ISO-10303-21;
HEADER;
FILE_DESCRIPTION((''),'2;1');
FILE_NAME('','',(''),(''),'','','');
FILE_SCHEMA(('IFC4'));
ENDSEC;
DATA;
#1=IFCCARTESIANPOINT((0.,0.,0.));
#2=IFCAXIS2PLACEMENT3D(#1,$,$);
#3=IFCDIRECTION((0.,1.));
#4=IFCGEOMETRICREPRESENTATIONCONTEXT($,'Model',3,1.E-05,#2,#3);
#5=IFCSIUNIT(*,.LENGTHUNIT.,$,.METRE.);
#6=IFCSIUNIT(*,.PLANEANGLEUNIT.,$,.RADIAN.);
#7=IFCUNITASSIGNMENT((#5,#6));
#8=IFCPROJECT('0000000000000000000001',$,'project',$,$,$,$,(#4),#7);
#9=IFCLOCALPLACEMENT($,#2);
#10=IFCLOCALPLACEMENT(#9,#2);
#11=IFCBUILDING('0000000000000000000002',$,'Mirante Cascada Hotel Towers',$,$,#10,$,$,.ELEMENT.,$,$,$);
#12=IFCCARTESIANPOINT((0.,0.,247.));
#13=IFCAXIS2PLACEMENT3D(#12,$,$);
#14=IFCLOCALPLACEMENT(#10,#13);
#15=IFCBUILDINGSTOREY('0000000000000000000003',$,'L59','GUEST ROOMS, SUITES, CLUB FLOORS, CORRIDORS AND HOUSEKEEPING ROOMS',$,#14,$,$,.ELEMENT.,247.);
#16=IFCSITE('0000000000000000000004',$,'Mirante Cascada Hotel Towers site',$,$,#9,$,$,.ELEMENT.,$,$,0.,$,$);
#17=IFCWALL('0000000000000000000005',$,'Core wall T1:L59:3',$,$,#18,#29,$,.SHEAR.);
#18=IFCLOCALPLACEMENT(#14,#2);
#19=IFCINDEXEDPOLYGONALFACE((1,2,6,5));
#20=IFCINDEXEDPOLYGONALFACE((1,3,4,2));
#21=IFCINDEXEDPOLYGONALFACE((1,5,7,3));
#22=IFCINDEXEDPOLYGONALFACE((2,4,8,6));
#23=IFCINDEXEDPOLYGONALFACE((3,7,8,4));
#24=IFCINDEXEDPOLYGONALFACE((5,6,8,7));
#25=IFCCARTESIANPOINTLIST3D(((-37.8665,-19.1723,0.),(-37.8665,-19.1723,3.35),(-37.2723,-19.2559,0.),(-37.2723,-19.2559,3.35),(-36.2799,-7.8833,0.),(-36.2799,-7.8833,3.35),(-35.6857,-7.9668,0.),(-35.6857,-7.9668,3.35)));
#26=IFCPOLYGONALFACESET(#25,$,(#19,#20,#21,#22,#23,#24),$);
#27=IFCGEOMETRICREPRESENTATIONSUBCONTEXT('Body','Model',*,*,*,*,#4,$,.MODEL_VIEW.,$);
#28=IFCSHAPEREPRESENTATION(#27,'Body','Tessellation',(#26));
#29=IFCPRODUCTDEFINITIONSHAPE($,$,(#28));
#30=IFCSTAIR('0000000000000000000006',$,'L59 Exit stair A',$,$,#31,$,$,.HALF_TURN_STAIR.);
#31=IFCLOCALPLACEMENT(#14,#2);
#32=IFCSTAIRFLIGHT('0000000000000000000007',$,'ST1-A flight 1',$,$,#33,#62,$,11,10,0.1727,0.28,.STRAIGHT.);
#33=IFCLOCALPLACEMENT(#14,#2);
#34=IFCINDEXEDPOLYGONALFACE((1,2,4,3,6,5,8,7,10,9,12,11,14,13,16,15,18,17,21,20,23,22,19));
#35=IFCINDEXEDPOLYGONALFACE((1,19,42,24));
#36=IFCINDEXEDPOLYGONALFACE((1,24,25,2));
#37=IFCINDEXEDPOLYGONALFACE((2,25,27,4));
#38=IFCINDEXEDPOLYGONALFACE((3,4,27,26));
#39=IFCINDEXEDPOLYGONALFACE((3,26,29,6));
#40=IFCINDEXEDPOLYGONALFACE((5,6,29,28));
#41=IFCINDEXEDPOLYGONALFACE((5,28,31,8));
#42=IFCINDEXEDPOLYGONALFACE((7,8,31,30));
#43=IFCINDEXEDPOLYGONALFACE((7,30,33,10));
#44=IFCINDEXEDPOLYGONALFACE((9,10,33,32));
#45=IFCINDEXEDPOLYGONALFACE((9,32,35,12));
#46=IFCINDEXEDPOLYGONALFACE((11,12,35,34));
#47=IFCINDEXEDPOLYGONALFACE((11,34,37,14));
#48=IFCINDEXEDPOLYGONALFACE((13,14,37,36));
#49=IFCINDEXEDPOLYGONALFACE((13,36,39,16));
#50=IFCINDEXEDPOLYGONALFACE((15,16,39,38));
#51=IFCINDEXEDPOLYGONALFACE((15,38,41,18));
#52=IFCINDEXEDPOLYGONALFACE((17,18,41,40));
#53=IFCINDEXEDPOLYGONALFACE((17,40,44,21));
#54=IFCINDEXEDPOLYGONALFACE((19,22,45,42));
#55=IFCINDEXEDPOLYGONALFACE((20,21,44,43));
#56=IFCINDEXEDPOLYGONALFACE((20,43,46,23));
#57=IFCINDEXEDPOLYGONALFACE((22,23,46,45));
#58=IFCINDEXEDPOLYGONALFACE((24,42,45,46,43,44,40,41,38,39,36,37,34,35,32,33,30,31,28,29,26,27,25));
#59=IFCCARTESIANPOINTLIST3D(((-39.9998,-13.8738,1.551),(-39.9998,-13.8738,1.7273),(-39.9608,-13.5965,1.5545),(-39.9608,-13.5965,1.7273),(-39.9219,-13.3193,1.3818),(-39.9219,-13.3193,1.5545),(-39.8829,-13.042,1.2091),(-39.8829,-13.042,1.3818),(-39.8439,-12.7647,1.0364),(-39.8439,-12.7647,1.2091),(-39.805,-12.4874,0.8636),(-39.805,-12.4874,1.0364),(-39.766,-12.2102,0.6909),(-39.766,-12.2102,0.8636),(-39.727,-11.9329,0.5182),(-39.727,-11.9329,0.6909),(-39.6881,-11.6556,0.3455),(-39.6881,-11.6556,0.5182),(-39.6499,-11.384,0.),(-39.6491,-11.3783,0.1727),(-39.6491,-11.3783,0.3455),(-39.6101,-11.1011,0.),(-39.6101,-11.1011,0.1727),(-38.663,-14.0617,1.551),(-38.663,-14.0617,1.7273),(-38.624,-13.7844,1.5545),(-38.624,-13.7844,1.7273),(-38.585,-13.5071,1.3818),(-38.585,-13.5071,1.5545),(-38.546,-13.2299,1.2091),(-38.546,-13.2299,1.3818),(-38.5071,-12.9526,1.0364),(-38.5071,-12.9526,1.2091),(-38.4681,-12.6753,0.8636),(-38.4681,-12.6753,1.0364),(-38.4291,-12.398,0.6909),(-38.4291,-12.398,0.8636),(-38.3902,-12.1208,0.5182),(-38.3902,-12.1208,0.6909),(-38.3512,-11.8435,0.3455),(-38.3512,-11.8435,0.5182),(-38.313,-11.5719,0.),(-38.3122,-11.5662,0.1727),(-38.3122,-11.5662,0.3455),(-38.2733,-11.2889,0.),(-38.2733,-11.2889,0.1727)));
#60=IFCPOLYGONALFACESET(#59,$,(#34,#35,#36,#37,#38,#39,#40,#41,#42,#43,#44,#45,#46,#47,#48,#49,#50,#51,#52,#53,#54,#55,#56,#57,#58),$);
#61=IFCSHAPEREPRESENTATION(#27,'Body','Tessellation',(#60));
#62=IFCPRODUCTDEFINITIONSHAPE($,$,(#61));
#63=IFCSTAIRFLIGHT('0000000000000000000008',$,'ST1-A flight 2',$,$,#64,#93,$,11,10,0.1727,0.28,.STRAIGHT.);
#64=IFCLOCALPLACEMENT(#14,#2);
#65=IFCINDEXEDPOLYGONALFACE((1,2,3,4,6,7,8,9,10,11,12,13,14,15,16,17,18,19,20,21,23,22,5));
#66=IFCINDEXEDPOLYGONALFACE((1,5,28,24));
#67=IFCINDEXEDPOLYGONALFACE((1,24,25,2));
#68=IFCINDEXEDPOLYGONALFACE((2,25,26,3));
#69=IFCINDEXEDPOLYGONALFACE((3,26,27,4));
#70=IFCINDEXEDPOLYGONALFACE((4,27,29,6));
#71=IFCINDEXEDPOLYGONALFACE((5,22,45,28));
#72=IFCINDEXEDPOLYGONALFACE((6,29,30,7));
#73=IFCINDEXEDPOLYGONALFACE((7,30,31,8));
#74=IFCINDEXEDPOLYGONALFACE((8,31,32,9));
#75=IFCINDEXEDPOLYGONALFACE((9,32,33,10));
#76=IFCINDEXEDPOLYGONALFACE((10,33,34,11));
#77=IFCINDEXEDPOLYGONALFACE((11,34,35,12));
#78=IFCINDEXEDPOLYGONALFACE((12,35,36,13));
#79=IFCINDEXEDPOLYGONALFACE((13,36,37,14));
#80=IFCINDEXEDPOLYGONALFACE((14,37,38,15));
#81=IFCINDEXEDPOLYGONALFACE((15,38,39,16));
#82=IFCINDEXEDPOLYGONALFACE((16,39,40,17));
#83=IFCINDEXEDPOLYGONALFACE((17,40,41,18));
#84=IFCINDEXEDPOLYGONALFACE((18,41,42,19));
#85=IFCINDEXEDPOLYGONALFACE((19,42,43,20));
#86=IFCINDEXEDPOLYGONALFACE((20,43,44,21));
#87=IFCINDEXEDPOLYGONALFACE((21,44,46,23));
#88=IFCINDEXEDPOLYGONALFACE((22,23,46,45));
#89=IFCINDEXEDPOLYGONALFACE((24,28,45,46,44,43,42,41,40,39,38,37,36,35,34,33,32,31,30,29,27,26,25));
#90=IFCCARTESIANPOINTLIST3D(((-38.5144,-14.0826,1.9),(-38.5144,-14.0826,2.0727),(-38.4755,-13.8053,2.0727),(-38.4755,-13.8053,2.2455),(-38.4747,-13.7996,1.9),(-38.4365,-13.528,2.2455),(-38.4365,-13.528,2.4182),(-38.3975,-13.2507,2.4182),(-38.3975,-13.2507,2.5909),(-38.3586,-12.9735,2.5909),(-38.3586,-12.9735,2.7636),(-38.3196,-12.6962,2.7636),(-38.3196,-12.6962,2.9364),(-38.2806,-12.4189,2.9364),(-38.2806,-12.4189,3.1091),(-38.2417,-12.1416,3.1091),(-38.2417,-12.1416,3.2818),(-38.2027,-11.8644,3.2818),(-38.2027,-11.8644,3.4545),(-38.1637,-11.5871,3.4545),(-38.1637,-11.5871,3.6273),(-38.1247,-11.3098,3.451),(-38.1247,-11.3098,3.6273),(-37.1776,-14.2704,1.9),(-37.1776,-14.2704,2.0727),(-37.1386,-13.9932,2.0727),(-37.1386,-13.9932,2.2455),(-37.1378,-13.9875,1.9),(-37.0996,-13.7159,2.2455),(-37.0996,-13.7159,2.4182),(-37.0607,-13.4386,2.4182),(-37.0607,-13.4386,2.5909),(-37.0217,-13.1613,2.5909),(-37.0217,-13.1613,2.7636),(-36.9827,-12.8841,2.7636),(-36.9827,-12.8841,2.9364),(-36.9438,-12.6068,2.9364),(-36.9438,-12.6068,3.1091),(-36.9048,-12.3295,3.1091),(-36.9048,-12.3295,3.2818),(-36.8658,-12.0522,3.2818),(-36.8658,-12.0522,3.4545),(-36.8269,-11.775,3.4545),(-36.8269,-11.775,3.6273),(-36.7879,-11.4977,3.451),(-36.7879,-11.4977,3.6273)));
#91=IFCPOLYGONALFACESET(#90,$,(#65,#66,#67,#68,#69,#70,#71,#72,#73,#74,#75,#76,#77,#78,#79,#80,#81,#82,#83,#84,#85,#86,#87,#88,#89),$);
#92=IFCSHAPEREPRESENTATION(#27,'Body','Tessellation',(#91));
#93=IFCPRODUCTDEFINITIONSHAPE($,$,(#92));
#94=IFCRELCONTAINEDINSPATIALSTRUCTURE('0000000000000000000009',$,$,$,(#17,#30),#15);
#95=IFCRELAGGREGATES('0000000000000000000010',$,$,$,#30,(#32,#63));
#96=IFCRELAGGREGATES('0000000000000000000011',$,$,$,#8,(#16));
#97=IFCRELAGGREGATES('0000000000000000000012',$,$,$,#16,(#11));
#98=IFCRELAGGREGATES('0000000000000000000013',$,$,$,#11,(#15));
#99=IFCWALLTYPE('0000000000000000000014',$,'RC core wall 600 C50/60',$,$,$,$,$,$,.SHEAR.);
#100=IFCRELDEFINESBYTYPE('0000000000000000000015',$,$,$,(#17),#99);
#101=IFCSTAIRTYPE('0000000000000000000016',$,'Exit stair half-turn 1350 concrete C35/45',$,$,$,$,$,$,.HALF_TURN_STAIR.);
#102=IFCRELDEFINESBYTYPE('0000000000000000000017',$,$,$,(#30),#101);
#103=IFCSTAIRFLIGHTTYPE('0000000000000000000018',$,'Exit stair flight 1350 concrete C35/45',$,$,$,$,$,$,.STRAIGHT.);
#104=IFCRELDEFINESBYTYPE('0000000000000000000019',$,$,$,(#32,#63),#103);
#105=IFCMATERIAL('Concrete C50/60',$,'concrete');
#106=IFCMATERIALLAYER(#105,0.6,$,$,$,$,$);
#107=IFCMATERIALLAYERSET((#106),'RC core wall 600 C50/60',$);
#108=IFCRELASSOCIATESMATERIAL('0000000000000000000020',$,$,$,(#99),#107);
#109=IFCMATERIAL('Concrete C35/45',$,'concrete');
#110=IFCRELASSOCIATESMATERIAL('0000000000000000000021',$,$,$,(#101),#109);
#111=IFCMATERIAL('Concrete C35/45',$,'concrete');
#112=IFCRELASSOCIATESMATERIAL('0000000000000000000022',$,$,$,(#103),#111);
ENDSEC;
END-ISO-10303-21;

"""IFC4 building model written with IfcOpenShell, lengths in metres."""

from ifc_helpers import new_model, si_unit, direction, frame, frame_2d, origin, place, context, subcontext, project, spatial, polyline, rectangle, outline, extrude, material, layer, layer_set, type_object, element, aggregate, save


model = new_model("IFC4")

# Units and contexts
model_context = context("Model", 3, precision=1e-05, world=origin(), true_north=direction((0.0, 1.0)))
body_context = subcontext(model_context, "Body", "Model", "MODEL_VIEW")
ifc_project = project(units=[si_unit("LENGTHUNIT", "METRE"), si_unit("PLANEANGLEUNIT", "RADIAN")], contexts=[model_context])

# Site, building, storey
site_placement = place(None, origin())
site = spatial("IfcSite", under=ifc_project, at=site_placement, Name="Mirante Cascada Hotel Towers site", CompositionType="ELEMENT", RefElevation=0.0)
building_placement = place(site_placement, origin())
building = spatial("IfcBuilding", under=site, at=building_placement, Name="Mirante Cascada Hotel Towers", CompositionType="ELEMENT")
storey_placement = place(building_placement, frame((0.0, 0.0, 247.0)))
storey = spatial("IfcBuildingStorey", under=building, at=storey_placement, Name="L59", Description="GUEST ROOMS, SUITES, CLUB FLOORS, CORRIDORS AND HOUSEKEEPING ROOMS", CompositionType="ELEMENT", Elevation=247.0)

# Wall
ifc_material_1 = material(Name="Concrete C50/60", Category="concrete")
ifc_layer_1 = layer(ifc_material_1, 0.6)
ifc_layer_set_1 = layer_set([ifc_layer_1], Name="RC core wall 600 C50/60")
wall_type_1 = type_object("IfcWallType", Name="RC core wall 600 C50/60", PredefinedType="SHEAR", material=ifc_layer_set_1)
wall_1_placement = place(storey_placement, frame((-37.5694, -19.2141, 0.0), z_axis=(0.0, 0.0, 1.0), x_axis=(0.139175, 0.990268, 0.0)))
element("IfcWall", 1, at=wall_1_placement, inside=storey, type_object=wall_type_1, Name="Core wall T1:L59:3", PredefinedType="SHEAR", context=body_context, shape_type="SweptSolid", body=[
    extrude(rectangle(XDim=11.4, YDim=0.6, at=frame_2d((5.7, 0.0))), origin(), (0.0, 0.0, 1.0), 3.35),
])

# Stair, stair flights
ifc_material_2 = material(Name="Concrete C35/45", Category="concrete")
stair_type = type_object("IfcStairType", Name="Exit stair half-turn 1350 concrete C35/45", PredefinedType="HALF_TURN_STAIR", material=ifc_material_2)
stair_placement = place(storey_placement, origin())
stair = element("IfcStair", 2, at=stair_placement, inside=storey, type_object=stair_type, Name="L59 Exit stair A", PredefinedType="HALF_TURN_STAIR")
ifc_material_3 = material(Name="Concrete C35/45", Category="concrete")
stair_flight_type = type_object("IfcStairFlightType", Name="Exit stair flight 1350 concrete C35/45", PredefinedType="STRAIGHT", material=ifc_material_3)
stair_flight_1_placement = place(storey_placement, frame((-38.9417, -11.195, 0.0), z_axis=(0.0, 0.0, 1.0), x_axis=(-0.139173, -0.990268, 0.0)))
stair_flight_1 = element("IfcStairFlight", 3, at=stair_flight_1_placement, type_object=stair_flight_type, Name="ST1-A flight 1", NumberOfRisers=11, NumberOfTreads=10, PredefinedType="STRAIGHT", RiserHeight=0.1727, TreadLength=0.28, context=body_context, shape_type="SweptSolid", body=[
    extrude(outline(polyline([(0.0, 0.0), (0.0, 0.1727), (0.28, 0.1727), (0.28, 0.3455), (0.56, 0.3455), (0.56, 0.5182), (0.84, 0.5182), (0.84, 0.6909), (1.12, 0.6909), (1.12, 0.8636), (1.4, 0.8636), (1.4, 1.0364), (1.68, 1.0364), (1.68, 1.2091), (1.96, 1.2091), (1.96, 1.3818), (2.24, 1.3818), (2.24, 1.5545), (2.52, 1.5545), (2.52, 1.7273), (2.8, 1.7273), (2.8, 1.9), (2.8, 1.551), (0.2857, 0.0), (0.0, 0.0)])), frame((0.0, 0.675, 0.0), z_axis=(0.0, -1.0, 0.0), x_axis=(1.0, 0.0, 0.0)), (0.0, 0.0, 1.0), 1.35),
])
stair_flight_2_placement = place(storey_placement, frame((-37.846, -14.1765, 1.9), z_axis=(0.0, 0.0, 1.0), x_axis=(0.139173, 0.990268, 0.0)))
stair_flight_2 = element("IfcStairFlight", 4, at=stair_flight_2_placement, type_object=stair_flight_type, Name="ST1-A flight 2", NumberOfRisers=11, NumberOfTreads=10, PredefinedType="STRAIGHT", RiserHeight=0.1727, TreadLength=0.28, context=body_context, shape_type="SweptSolid", body=[
    extrude(outline(polyline([(0.0, 0.0), (0.0, 0.1727), (0.28, 0.1727), (0.28, 0.3455), (0.56, 0.3455), (0.56, 0.5182), (0.84, 0.5182), (0.84, 0.6909), (1.12, 0.6909), (1.12, 0.8636), (1.4, 0.8636), (1.4, 1.0364), (1.68, 1.0364), (1.68, 1.2091), (1.96, 1.2091), (1.96, 1.3818), (2.24, 1.3818), (2.24, 1.5545), (2.52, 1.5545), (2.52, 1.7273), (2.8, 1.7273), (2.8, 1.9), (2.8, 1.551), (0.2857, 0.0), (0.0, 0.0)])), frame((0.0, 0.675, 0.0), z_axis=(0.0, -1.0, 0.0), x_axis=(1.0, 0.0, 0.0)), (0.0, 0.0, 1.0), 1.35),
])
aggregate(stair, [stair_flight_1, stair_flight_2])

save(model, "model.ifc")
